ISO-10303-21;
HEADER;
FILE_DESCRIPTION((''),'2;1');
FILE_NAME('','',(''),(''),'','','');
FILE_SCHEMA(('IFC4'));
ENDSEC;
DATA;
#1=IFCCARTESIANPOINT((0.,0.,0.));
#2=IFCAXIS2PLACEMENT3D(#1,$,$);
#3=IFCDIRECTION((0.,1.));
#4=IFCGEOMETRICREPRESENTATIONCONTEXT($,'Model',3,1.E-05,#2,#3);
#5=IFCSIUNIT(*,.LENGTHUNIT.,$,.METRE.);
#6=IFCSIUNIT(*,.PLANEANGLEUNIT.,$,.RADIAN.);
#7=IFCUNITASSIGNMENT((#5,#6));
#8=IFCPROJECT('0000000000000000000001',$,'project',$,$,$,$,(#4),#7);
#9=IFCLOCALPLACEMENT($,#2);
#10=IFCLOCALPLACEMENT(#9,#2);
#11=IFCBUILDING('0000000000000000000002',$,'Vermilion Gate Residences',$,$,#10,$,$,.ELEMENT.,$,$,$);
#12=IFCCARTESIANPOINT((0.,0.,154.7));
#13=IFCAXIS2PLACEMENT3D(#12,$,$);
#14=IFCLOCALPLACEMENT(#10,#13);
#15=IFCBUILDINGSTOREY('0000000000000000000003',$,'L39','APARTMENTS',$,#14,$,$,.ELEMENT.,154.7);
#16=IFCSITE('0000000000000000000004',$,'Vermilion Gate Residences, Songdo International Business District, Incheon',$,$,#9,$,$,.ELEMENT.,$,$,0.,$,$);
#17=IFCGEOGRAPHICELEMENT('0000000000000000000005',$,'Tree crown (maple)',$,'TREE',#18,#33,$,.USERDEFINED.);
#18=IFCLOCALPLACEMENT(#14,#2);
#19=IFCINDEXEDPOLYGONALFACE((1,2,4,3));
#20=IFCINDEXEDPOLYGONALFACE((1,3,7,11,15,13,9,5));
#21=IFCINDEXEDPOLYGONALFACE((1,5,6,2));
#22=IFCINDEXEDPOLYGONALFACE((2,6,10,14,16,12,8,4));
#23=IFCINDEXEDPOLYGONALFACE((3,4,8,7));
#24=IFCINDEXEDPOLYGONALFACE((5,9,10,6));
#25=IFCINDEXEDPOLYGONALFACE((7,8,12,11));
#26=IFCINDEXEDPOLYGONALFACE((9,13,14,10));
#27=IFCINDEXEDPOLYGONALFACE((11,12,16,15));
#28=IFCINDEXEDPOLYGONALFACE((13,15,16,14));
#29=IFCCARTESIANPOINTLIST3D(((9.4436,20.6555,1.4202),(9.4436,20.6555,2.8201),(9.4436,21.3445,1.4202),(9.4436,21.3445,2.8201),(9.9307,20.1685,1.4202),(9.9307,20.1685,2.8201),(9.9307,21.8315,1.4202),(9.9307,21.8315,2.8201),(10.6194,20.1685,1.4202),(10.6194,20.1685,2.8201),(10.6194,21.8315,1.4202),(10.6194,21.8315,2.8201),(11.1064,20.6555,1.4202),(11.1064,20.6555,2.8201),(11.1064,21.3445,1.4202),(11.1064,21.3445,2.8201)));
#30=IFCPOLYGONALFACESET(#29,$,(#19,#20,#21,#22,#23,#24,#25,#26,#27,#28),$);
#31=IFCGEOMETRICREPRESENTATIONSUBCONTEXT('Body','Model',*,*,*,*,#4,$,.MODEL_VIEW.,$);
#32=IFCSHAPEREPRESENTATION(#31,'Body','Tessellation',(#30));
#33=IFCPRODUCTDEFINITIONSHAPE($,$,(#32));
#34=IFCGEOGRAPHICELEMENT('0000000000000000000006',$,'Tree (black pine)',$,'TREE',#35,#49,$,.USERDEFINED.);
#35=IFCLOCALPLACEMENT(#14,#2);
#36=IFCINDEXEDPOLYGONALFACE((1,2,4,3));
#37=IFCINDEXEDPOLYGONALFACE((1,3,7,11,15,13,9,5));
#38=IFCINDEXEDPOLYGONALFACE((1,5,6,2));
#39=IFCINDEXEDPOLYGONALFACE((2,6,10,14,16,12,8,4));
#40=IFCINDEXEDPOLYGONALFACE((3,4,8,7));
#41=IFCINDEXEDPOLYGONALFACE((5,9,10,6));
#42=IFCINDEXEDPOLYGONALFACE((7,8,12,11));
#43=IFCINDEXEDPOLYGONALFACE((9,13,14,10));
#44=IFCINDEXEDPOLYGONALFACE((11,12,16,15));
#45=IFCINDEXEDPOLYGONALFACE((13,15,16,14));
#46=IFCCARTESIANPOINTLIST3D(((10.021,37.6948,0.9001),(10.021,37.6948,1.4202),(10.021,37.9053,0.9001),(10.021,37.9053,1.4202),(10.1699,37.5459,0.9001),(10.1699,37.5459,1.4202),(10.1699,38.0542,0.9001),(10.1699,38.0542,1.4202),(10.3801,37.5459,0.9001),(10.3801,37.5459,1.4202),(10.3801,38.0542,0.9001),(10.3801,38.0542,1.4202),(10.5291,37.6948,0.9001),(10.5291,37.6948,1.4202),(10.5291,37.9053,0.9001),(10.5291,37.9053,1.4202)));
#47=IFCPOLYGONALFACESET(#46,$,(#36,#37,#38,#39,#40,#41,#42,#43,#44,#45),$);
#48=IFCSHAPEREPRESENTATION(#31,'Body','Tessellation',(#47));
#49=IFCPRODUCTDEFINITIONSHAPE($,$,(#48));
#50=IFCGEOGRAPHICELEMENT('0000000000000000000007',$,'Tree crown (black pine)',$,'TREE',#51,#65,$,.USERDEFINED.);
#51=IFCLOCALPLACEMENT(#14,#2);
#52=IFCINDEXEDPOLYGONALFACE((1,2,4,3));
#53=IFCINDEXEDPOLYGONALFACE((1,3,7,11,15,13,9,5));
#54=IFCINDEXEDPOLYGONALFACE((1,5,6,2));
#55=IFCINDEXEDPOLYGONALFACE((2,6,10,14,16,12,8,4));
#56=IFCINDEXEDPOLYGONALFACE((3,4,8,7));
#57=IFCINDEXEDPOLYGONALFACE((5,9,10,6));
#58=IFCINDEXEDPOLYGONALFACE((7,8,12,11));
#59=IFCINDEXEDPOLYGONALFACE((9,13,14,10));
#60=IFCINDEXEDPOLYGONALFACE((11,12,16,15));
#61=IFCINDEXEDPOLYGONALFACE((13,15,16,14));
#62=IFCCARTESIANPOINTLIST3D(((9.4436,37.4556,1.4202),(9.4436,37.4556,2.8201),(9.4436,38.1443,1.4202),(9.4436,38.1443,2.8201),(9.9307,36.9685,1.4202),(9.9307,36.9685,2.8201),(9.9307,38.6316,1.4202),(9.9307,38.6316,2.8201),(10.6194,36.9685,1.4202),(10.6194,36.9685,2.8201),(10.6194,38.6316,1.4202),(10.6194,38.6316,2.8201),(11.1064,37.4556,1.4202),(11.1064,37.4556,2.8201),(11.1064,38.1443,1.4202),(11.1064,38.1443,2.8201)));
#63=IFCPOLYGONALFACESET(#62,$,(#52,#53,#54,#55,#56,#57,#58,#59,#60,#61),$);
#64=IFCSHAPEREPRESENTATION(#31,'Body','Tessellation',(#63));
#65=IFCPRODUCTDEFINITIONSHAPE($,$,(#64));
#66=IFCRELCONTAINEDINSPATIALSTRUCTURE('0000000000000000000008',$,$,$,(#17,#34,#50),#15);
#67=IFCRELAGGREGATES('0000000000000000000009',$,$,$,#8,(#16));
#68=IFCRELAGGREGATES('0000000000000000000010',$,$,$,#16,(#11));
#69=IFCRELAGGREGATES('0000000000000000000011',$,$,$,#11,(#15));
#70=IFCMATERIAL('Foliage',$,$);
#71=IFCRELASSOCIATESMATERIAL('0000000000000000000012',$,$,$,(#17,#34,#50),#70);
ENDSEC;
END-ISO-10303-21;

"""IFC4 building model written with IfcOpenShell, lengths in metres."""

from ifc_helpers import new_model, si_unit, direction, frame, origin, place, context, subcontext, project, spatial, polyline, outline, extrude, material, element, save


model = new_model("IFC4")

# Units and contexts
model_context = context("Model", 3, precision=1e-05, world=origin(), true_north=direction((0.0, 1.0)))
body_context = subcontext(model_context, "Body", "Model", "MODEL_VIEW")
ifc_project = project(units=[si_unit("LENGTHUNIT", "METRE"), si_unit("PLANEANGLEUNIT", "RADIAN")], contexts=[model_context])

# Site, building, storey
site_placement = place(None, origin())
site = spatial("IfcSite", under=ifc_project, at=site_placement, Name="Vermilion Gate Residences, Songdo International Business District, Incheon", CompositionType="ELEMENT", RefElevation=0.0)
building_placement = place(site_placement, origin())
building = spatial("IfcBuilding", under=site, at=building_placement, Name="Vermilion Gate Residences", CompositionType="ELEMENT")
storey_placement = place(building_placement, frame((0.0, 0.0, 154.7)))
storey = spatial("IfcBuildingStorey", under=building, at=storey_placement, Name="L39", Description="APARTMENTS", CompositionType="ELEMENT", Elevation=154.7)

# Geographic elements
ifc_material_1 = material(Name="Foliage")
geographic_element_1_placement = place(storey_placement, frame((0.0, 0.0, 1.4202)))
element("IfcGeographicElement", 1, at=geographic_element_1_placement, inside=storey, material=ifc_material_1, Name="Tree crown (maple)", ObjectType="TREE", PredefinedType="USERDEFINED", context=body_context, shape_type="SweptSolid", body=[
    extrude(outline(polyline([(11.1064, 21.3445), (10.6194, 21.8315), (9.9307, 21.8315), (9.4436, 21.3445), (9.4436, 20.6555), (9.9307, 20.1685), (10.6194, 20.1685), (11.1064, 20.6555), (11.1064, 21.3445)])), origin(), (0.0, 0.0, 1.0), 1.3999),
])
geographic_element_2_placement = place(storey_placement, frame((0.0, 0.0, 0.9001)))
element("IfcGeographicElement", 2, at=geographic_element_2_placement, inside=storey, material=ifc_material_1, Name="Tree (black pine)", ObjectType="TREE", PredefinedType="USERDEFINED", context=body_context, shape_type="SweptSolid", body=[
    extrude(outline(polyline([(10.5291, 37.9053), (10.3801, 38.0542), (10.1699, 38.0542), (10.021, 37.9053), (10.021, 37.6948), (10.1699, 37.5459), (10.3801, 37.5459), (10.5291, 37.6948), (10.5291, 37.9053)])), origin(), (0.0, 0.0, 1.0), 0.52),
])
geographic_element_3_placement = place(storey_placement, frame((0.0, 0.0, 1.4202)))
element("IfcGeographicElement", 3, at=geographic_element_3_placement, inside=storey, material=ifc_material_1, Name="Tree crown (black pine)", ObjectType="TREE", PredefinedType="USERDEFINED", context=body_context, shape_type="SweptSolid", body=[
    extrude(outline(polyline([(11.1064, 38.1443), (10.6194, 38.6316), (9.9307, 38.6316), (9.4436, 38.1443), (9.4436, 37.4556), (9.9307, 36.9685), (10.6194, 36.9685), (11.1064, 37.4556), (11.1064, 38.1443)])), origin(), (0.0, 0.0, 1.0), 1.3999),
])

save(model, "model.ifc")
